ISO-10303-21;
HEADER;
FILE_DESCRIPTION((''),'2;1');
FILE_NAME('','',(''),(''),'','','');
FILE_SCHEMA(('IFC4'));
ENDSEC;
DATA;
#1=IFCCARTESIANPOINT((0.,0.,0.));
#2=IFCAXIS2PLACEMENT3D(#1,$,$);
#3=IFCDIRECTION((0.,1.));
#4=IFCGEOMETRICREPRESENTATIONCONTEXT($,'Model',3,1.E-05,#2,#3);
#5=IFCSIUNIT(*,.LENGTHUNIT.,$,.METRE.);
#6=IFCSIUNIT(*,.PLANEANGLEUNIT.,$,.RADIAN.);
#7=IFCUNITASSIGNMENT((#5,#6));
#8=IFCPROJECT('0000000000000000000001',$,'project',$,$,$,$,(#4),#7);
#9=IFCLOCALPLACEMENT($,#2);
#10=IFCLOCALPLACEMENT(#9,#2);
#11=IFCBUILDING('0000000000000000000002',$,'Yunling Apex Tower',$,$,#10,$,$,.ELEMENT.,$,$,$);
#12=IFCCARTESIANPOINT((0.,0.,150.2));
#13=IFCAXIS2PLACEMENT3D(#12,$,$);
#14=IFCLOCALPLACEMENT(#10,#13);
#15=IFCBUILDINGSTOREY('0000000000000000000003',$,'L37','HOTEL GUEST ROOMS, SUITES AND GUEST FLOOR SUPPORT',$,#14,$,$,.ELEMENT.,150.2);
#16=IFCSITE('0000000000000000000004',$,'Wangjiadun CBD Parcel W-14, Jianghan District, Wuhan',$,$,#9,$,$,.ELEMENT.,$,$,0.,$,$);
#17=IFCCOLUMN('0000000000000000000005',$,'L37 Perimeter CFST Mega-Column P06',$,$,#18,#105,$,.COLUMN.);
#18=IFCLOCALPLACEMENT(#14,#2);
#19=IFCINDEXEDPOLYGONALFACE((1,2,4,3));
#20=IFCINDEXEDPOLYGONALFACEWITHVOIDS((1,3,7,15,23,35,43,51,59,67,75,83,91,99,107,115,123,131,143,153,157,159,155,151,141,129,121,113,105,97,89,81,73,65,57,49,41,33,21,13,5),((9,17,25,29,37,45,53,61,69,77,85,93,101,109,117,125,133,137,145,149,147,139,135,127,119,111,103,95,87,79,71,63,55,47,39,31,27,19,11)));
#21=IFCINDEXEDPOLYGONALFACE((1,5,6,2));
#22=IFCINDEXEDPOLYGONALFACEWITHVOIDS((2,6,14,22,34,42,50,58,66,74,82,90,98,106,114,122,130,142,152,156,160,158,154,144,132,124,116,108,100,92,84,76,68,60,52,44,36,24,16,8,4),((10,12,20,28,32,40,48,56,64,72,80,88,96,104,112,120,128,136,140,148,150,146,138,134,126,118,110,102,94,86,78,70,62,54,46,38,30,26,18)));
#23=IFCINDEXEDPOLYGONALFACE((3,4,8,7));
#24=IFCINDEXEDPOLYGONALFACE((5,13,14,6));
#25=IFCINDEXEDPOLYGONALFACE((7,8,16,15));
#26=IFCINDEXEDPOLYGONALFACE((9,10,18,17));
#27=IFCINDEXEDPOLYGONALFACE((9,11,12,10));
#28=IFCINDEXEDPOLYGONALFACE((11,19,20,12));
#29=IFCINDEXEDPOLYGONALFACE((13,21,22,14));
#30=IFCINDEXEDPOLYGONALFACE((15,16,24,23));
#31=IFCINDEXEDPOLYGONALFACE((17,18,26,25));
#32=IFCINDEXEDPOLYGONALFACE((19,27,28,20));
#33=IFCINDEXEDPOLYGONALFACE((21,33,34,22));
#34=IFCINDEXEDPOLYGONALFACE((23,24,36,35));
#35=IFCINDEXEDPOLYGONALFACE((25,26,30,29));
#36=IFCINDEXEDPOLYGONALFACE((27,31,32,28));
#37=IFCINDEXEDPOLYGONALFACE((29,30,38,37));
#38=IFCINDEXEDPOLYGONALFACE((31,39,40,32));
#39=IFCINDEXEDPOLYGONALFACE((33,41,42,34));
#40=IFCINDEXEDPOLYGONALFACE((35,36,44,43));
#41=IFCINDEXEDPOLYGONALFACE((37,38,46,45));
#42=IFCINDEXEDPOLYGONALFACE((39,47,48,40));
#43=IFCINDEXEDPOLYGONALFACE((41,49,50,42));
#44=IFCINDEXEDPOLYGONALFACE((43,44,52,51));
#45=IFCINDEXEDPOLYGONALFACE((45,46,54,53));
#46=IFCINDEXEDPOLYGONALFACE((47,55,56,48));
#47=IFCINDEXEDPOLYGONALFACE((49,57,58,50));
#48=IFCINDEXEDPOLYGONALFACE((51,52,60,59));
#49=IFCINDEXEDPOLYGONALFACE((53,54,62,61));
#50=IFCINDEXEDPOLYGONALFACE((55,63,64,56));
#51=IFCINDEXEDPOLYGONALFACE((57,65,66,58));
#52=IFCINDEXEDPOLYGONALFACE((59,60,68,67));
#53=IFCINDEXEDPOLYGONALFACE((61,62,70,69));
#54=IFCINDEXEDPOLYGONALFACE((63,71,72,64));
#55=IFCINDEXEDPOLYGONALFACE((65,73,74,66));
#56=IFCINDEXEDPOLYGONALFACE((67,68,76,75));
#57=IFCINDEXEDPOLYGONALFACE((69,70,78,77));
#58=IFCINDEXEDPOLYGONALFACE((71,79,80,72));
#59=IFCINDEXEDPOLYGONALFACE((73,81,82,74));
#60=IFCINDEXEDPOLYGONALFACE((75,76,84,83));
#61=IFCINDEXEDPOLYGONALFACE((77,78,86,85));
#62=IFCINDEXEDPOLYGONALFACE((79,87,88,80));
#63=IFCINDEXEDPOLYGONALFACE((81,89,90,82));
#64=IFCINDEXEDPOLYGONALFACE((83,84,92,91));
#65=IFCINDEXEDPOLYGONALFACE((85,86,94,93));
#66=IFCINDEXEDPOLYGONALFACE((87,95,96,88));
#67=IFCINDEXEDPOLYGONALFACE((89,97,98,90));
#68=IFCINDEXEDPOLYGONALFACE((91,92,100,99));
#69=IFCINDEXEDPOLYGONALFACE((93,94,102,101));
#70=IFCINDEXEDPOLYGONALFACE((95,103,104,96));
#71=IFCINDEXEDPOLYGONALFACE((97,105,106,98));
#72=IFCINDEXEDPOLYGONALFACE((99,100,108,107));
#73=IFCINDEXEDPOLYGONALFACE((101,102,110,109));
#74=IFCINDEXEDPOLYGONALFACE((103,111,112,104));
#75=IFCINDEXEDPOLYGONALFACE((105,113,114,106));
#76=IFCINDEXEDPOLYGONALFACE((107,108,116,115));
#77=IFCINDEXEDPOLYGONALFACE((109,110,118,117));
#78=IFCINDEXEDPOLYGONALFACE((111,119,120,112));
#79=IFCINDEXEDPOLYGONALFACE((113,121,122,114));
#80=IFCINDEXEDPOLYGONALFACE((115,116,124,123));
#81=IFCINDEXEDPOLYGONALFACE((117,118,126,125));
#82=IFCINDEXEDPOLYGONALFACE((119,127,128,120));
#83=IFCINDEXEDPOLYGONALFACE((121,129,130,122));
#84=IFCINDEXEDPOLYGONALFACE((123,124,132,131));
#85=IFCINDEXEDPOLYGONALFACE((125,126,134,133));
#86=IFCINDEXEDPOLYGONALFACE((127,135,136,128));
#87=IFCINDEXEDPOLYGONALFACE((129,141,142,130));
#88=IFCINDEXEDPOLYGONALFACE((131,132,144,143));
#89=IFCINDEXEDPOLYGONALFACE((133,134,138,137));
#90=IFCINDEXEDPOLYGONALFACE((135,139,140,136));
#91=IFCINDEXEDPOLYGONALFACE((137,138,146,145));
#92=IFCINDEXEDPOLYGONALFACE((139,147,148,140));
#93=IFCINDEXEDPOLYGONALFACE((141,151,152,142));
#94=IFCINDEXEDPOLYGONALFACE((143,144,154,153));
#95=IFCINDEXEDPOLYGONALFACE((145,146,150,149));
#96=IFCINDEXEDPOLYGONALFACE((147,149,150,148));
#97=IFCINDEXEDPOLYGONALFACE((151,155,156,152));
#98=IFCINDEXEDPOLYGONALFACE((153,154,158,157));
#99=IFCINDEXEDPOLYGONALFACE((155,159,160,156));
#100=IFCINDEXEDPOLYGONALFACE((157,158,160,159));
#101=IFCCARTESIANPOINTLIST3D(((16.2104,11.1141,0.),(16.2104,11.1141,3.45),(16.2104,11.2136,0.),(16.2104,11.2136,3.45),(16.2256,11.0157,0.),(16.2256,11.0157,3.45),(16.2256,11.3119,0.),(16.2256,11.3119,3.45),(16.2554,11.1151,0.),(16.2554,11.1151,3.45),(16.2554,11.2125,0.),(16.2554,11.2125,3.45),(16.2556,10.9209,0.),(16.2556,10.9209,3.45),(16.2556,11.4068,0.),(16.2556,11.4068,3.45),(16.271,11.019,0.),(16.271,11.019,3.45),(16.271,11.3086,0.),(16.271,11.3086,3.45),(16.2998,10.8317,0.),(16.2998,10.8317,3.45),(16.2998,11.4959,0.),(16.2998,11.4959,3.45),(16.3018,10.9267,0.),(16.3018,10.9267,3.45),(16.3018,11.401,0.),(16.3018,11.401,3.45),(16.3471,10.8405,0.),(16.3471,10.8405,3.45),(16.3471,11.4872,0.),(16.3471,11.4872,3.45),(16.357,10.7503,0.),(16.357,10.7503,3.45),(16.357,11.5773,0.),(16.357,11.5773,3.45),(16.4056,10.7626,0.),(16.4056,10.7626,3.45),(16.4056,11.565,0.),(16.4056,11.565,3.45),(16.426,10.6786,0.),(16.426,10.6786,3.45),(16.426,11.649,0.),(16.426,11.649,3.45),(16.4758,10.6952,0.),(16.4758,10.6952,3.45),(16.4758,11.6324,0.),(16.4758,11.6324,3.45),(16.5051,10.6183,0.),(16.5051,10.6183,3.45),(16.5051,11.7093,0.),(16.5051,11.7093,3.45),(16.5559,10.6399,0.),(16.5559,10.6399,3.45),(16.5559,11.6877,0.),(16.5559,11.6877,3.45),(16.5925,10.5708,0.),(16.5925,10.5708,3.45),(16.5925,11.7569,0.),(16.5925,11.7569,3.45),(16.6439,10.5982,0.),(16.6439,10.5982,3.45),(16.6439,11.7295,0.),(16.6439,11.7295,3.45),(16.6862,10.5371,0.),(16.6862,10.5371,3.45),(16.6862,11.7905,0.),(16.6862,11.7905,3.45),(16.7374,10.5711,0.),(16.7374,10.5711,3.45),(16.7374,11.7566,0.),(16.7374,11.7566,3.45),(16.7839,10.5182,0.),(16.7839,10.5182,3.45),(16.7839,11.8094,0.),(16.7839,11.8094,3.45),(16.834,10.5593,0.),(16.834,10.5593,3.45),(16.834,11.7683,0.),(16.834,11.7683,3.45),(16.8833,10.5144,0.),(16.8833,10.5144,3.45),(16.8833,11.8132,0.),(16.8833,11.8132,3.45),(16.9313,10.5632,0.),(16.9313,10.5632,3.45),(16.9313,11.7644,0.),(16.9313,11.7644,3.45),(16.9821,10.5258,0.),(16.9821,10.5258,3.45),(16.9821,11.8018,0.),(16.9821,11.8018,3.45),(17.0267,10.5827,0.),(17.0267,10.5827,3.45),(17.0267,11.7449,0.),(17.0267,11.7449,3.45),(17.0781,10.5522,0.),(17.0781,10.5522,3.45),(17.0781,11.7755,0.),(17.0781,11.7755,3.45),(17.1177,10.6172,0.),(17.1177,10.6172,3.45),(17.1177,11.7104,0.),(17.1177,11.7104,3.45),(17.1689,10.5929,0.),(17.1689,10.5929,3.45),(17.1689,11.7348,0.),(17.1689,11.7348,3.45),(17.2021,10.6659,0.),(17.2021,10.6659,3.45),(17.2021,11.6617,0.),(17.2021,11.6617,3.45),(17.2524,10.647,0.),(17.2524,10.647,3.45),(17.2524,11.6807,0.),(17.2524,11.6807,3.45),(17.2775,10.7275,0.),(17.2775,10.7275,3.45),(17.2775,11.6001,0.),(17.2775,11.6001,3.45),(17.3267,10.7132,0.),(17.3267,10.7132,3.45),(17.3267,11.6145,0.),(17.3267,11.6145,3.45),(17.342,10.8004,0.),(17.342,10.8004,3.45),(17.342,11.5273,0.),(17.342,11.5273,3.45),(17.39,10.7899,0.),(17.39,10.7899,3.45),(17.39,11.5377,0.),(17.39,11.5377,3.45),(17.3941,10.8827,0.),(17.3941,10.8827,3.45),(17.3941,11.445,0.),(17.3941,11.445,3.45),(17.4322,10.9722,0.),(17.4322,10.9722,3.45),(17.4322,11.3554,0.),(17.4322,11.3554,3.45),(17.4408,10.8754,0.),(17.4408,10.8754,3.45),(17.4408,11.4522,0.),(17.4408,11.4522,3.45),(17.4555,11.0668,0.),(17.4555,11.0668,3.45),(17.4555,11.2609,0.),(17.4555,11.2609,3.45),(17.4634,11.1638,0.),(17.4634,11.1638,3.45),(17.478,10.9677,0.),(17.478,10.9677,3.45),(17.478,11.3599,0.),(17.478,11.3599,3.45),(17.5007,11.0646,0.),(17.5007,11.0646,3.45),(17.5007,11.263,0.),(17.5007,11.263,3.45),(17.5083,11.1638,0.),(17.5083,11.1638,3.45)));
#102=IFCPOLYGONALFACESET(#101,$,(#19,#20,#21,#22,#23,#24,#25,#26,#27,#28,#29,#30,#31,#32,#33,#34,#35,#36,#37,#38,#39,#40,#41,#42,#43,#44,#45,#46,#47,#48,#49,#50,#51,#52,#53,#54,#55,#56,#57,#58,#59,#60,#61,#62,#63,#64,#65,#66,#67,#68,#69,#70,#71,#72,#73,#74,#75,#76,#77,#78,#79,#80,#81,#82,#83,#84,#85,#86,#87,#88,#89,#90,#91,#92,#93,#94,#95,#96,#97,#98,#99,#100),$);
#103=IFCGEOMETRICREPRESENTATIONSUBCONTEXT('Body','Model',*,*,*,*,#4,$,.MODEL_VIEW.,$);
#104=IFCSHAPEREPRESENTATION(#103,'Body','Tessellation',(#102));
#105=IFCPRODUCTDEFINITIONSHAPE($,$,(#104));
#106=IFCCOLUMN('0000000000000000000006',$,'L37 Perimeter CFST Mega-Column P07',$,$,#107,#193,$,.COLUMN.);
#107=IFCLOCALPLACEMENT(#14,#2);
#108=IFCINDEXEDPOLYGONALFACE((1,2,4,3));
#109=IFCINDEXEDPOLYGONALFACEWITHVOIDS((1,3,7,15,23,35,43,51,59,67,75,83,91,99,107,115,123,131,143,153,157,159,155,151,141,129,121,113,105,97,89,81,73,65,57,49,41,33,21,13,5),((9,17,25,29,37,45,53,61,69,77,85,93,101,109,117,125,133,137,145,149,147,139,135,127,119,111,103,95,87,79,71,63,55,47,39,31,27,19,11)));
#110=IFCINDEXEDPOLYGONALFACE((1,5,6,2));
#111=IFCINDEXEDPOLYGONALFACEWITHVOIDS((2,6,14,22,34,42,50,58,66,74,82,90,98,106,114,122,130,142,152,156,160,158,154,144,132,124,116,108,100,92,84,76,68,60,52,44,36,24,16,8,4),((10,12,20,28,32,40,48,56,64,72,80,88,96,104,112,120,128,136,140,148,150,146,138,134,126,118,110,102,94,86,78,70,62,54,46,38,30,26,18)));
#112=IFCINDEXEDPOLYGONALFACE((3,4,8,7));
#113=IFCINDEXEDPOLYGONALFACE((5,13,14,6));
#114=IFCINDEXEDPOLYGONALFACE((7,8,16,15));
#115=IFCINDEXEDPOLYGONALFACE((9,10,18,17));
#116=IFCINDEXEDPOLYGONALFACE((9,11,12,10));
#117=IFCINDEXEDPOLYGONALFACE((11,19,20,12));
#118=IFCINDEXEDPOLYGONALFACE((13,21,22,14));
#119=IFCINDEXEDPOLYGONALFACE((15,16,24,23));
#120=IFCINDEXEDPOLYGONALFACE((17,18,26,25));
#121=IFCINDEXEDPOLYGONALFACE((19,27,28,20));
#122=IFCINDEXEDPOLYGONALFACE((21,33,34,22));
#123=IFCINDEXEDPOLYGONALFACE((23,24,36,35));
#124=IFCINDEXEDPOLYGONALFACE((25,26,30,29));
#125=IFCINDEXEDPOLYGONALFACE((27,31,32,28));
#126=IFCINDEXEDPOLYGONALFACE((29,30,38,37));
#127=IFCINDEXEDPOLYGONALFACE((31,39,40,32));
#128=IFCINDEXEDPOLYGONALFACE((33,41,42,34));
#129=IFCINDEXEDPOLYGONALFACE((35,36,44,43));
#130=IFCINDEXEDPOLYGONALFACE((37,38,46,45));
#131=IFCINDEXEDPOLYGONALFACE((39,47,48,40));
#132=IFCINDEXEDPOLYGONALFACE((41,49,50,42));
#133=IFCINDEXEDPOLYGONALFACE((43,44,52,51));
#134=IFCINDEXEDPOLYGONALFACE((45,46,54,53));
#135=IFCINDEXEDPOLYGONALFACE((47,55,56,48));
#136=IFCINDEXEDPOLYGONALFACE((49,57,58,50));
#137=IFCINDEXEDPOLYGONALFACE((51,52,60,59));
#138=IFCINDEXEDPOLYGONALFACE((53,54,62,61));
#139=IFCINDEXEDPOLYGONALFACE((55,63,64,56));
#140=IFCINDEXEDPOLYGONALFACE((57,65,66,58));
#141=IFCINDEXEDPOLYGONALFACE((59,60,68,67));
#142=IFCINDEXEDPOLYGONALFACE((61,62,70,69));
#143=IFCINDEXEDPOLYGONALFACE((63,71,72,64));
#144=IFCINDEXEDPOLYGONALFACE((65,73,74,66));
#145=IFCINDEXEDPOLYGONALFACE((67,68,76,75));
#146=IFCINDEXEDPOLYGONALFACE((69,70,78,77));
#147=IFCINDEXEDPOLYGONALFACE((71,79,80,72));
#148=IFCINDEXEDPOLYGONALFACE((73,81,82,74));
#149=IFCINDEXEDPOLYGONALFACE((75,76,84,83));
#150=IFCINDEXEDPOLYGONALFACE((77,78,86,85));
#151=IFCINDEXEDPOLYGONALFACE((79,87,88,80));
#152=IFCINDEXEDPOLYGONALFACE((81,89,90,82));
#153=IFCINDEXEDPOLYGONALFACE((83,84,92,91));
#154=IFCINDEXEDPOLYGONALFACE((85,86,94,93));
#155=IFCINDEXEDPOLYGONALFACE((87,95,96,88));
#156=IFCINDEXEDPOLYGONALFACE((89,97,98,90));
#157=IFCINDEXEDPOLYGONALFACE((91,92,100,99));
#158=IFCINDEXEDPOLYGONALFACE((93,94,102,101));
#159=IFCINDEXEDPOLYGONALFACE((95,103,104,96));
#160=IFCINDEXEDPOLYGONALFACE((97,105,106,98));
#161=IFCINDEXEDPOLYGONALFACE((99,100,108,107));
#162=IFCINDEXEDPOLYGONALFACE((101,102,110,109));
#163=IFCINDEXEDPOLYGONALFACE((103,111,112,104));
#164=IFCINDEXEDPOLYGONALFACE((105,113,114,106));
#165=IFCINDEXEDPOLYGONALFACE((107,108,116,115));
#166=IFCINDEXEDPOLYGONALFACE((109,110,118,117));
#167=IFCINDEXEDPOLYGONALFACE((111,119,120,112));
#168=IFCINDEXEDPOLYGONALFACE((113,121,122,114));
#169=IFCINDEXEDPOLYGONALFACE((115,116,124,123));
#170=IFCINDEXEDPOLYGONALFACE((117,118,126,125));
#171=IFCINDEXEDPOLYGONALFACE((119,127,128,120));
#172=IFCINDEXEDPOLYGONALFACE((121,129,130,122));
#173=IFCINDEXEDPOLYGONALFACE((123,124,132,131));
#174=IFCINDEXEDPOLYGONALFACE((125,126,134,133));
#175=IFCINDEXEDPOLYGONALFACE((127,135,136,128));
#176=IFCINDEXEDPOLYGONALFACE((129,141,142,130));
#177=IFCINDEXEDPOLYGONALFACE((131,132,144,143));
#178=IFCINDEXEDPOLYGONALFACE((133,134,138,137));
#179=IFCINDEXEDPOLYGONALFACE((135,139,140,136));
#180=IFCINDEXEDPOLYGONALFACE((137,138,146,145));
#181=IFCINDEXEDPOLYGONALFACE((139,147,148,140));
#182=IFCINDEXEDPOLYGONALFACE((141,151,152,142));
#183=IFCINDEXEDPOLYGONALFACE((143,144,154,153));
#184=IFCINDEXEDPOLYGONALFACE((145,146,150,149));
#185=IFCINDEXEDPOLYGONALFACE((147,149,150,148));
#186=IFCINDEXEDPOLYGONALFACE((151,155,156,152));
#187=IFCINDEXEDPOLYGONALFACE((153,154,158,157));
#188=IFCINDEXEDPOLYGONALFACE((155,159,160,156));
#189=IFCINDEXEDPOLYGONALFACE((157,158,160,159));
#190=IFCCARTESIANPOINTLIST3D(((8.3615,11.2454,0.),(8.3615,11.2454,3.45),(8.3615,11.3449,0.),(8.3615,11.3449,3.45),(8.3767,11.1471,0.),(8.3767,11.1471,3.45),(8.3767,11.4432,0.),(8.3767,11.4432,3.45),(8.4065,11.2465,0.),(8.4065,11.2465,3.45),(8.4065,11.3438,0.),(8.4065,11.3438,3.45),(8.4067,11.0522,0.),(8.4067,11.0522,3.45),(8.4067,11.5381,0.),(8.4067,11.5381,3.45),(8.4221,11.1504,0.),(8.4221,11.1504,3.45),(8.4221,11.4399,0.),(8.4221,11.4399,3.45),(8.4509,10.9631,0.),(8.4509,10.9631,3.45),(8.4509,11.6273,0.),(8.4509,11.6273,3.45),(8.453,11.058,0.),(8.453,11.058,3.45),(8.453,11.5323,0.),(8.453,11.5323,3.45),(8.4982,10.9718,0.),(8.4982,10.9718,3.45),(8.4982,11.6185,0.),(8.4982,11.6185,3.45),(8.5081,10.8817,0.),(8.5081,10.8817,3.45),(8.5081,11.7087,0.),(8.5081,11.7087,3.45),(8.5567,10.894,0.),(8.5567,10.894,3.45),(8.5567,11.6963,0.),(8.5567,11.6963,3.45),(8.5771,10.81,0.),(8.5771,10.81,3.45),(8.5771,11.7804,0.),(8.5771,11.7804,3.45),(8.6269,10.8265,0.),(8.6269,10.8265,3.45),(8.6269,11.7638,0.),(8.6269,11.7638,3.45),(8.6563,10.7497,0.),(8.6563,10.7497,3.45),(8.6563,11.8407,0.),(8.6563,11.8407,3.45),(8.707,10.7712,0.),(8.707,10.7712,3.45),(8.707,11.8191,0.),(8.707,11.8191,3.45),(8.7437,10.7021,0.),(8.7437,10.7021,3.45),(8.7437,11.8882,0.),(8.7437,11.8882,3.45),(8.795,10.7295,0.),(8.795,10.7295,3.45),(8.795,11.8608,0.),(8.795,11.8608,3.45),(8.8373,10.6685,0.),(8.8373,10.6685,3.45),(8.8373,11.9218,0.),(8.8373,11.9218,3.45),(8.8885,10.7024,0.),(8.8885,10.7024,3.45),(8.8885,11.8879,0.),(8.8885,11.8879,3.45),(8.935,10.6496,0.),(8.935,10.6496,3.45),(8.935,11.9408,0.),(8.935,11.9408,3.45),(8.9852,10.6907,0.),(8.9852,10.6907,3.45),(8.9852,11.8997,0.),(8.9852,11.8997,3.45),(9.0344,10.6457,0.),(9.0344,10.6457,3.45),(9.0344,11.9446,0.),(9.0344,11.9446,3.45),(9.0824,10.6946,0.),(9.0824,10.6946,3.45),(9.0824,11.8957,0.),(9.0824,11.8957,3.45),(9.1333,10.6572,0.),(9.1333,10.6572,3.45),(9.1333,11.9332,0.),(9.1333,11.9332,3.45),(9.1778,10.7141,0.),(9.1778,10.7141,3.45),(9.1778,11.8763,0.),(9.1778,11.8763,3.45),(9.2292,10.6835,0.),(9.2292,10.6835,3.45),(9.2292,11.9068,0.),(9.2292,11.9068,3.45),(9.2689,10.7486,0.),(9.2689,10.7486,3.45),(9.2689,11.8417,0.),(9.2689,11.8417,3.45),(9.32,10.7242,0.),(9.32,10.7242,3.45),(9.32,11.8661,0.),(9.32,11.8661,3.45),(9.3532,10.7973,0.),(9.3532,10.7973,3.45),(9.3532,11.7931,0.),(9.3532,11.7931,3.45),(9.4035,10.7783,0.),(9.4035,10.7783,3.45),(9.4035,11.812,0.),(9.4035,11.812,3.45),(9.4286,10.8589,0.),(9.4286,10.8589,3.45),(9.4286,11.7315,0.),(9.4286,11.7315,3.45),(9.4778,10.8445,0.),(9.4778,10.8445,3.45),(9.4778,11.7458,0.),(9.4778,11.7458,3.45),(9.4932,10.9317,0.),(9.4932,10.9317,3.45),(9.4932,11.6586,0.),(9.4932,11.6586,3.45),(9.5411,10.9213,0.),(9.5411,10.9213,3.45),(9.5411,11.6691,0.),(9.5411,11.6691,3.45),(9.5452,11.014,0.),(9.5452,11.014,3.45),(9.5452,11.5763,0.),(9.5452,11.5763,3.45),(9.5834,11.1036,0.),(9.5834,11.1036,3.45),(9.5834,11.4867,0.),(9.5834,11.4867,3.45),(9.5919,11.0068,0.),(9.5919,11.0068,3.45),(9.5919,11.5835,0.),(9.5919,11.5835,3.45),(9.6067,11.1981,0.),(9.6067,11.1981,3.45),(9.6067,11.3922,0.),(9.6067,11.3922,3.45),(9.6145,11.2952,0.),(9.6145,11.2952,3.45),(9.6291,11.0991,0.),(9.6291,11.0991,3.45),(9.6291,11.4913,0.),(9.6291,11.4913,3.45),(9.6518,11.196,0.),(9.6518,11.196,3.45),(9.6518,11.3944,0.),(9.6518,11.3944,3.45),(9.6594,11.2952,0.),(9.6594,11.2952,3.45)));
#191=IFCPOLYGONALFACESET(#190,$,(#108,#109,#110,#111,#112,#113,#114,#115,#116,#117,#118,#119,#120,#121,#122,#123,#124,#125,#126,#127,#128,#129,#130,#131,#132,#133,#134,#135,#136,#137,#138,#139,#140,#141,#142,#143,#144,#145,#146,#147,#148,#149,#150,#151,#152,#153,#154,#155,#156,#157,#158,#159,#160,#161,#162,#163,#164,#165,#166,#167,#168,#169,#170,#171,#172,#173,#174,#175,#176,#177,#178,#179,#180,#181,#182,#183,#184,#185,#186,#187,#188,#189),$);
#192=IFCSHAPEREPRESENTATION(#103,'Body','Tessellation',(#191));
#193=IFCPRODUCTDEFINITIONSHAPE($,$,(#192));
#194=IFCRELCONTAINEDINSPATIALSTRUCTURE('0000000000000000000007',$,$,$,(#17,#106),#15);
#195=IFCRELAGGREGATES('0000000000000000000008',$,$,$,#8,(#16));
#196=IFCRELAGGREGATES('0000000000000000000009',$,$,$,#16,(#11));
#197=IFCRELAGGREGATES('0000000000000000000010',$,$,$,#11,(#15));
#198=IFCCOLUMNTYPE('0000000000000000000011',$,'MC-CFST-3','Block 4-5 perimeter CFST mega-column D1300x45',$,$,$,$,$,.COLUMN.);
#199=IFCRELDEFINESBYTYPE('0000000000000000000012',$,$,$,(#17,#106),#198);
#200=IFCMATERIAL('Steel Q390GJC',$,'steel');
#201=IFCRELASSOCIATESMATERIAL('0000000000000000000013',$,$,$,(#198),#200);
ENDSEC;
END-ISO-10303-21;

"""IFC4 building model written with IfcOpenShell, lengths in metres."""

from ifc_helpers import new_model, si_unit, direction, frame, origin, origin_2d, place, context, subcontext, project, spatial, hollow_circle, extrude, source, transform, mapped, material, material_profile, profile_set, type_object, element, save


model = new_model("IFC4")

# Units and contexts
model_context = context("Model", 3, precision=1e-05, world=origin(), true_north=direction((0.0, 1.0)))
body_context = subcontext(model_context, "Body", "Model", "MODEL_VIEW")
ifc_project = project(units=[si_unit("LENGTHUNIT", "METRE"), si_unit("PLANEANGLEUNIT", "RADIAN")], contexts=[model_context])

# Site, building, storey
site_placement = place(None, origin())
site = spatial("IfcSite", under=ifc_project, at=site_placement, Name="Wangjiadun CBD Parcel W-14, Jianghan District, Wuhan", CompositionType="ELEMENT", RefElevation=0.0)
building_placement = place(site_placement, origin())
building = spatial("IfcBuilding", under=site, at=building_placement, Name="Yunling Apex Tower", CompositionType="ELEMENT")
storey_placement = place(building_placement, frame((0.0, 0.0, 150.2)))
storey = spatial("IfcBuildingStorey", under=building, at=storey_placement, Name="L37", Description="HOTEL GUEST ROOMS, SUITES AND GUEST FLOOR SUPPORT", CompositionType="ELEMENT", Elevation=150.2)

# Columns
ifc_material_1 = material(Name="Steel Q390GJC", Category="steel")
ifc_material_profile_1 = material_profile(ifc_material_1, hollow_circle(Radius=0.6499, WallThickness=0.0449, at=origin_2d()))
ifc_profile_set_1 = profile_set([ifc_material_profile_1], Name="Steel Q390GJC")
column_type = type_object("IfcColumnType", Name="MC-CFST-3", Description="Block 4-5 perimeter CFST mega-column D1300x45", PredefinedType="COLUMN", material=ifc_profile_set_1)
shared_shape_1 = source(origin(), body_context, "Body", "SweptSolid", [
    extrude(hollow_circle(Radius=0.6499, WallThickness=0.0449, at=origin_2d()), origin(), (0.0, 0.0, 1.0), 3.45),
])
for number, where, z_axis, x_axis, name in (
    (1, (16.8584, 11.1638, 0.0), (0.0, 0.0, 1.0), (1.0, 0.0, 0.0), "L37 Perimeter CFST Mega-Column P06"),
    (2, (9.0095, 11.2952, 0.0), (0.0, 0.0, 1.0), (1.0, 0.0, 0.0), "L37 Perimeter CFST Mega-Column P07"),
):
    element("IfcColumn", number, at=place(storey_placement, frame(where, z_axis=z_axis, x_axis=x_axis)), inside=storey, type_object=column_type, Name=name, PredefinedType="COLUMN", context=body_context, shape_type="MappedRepresentation", body=[
        mapped(shared_shape_1, transform((0.0, 0.0, 0.0), scale=1.0)),
    ])

save(model, "model.ifc")
